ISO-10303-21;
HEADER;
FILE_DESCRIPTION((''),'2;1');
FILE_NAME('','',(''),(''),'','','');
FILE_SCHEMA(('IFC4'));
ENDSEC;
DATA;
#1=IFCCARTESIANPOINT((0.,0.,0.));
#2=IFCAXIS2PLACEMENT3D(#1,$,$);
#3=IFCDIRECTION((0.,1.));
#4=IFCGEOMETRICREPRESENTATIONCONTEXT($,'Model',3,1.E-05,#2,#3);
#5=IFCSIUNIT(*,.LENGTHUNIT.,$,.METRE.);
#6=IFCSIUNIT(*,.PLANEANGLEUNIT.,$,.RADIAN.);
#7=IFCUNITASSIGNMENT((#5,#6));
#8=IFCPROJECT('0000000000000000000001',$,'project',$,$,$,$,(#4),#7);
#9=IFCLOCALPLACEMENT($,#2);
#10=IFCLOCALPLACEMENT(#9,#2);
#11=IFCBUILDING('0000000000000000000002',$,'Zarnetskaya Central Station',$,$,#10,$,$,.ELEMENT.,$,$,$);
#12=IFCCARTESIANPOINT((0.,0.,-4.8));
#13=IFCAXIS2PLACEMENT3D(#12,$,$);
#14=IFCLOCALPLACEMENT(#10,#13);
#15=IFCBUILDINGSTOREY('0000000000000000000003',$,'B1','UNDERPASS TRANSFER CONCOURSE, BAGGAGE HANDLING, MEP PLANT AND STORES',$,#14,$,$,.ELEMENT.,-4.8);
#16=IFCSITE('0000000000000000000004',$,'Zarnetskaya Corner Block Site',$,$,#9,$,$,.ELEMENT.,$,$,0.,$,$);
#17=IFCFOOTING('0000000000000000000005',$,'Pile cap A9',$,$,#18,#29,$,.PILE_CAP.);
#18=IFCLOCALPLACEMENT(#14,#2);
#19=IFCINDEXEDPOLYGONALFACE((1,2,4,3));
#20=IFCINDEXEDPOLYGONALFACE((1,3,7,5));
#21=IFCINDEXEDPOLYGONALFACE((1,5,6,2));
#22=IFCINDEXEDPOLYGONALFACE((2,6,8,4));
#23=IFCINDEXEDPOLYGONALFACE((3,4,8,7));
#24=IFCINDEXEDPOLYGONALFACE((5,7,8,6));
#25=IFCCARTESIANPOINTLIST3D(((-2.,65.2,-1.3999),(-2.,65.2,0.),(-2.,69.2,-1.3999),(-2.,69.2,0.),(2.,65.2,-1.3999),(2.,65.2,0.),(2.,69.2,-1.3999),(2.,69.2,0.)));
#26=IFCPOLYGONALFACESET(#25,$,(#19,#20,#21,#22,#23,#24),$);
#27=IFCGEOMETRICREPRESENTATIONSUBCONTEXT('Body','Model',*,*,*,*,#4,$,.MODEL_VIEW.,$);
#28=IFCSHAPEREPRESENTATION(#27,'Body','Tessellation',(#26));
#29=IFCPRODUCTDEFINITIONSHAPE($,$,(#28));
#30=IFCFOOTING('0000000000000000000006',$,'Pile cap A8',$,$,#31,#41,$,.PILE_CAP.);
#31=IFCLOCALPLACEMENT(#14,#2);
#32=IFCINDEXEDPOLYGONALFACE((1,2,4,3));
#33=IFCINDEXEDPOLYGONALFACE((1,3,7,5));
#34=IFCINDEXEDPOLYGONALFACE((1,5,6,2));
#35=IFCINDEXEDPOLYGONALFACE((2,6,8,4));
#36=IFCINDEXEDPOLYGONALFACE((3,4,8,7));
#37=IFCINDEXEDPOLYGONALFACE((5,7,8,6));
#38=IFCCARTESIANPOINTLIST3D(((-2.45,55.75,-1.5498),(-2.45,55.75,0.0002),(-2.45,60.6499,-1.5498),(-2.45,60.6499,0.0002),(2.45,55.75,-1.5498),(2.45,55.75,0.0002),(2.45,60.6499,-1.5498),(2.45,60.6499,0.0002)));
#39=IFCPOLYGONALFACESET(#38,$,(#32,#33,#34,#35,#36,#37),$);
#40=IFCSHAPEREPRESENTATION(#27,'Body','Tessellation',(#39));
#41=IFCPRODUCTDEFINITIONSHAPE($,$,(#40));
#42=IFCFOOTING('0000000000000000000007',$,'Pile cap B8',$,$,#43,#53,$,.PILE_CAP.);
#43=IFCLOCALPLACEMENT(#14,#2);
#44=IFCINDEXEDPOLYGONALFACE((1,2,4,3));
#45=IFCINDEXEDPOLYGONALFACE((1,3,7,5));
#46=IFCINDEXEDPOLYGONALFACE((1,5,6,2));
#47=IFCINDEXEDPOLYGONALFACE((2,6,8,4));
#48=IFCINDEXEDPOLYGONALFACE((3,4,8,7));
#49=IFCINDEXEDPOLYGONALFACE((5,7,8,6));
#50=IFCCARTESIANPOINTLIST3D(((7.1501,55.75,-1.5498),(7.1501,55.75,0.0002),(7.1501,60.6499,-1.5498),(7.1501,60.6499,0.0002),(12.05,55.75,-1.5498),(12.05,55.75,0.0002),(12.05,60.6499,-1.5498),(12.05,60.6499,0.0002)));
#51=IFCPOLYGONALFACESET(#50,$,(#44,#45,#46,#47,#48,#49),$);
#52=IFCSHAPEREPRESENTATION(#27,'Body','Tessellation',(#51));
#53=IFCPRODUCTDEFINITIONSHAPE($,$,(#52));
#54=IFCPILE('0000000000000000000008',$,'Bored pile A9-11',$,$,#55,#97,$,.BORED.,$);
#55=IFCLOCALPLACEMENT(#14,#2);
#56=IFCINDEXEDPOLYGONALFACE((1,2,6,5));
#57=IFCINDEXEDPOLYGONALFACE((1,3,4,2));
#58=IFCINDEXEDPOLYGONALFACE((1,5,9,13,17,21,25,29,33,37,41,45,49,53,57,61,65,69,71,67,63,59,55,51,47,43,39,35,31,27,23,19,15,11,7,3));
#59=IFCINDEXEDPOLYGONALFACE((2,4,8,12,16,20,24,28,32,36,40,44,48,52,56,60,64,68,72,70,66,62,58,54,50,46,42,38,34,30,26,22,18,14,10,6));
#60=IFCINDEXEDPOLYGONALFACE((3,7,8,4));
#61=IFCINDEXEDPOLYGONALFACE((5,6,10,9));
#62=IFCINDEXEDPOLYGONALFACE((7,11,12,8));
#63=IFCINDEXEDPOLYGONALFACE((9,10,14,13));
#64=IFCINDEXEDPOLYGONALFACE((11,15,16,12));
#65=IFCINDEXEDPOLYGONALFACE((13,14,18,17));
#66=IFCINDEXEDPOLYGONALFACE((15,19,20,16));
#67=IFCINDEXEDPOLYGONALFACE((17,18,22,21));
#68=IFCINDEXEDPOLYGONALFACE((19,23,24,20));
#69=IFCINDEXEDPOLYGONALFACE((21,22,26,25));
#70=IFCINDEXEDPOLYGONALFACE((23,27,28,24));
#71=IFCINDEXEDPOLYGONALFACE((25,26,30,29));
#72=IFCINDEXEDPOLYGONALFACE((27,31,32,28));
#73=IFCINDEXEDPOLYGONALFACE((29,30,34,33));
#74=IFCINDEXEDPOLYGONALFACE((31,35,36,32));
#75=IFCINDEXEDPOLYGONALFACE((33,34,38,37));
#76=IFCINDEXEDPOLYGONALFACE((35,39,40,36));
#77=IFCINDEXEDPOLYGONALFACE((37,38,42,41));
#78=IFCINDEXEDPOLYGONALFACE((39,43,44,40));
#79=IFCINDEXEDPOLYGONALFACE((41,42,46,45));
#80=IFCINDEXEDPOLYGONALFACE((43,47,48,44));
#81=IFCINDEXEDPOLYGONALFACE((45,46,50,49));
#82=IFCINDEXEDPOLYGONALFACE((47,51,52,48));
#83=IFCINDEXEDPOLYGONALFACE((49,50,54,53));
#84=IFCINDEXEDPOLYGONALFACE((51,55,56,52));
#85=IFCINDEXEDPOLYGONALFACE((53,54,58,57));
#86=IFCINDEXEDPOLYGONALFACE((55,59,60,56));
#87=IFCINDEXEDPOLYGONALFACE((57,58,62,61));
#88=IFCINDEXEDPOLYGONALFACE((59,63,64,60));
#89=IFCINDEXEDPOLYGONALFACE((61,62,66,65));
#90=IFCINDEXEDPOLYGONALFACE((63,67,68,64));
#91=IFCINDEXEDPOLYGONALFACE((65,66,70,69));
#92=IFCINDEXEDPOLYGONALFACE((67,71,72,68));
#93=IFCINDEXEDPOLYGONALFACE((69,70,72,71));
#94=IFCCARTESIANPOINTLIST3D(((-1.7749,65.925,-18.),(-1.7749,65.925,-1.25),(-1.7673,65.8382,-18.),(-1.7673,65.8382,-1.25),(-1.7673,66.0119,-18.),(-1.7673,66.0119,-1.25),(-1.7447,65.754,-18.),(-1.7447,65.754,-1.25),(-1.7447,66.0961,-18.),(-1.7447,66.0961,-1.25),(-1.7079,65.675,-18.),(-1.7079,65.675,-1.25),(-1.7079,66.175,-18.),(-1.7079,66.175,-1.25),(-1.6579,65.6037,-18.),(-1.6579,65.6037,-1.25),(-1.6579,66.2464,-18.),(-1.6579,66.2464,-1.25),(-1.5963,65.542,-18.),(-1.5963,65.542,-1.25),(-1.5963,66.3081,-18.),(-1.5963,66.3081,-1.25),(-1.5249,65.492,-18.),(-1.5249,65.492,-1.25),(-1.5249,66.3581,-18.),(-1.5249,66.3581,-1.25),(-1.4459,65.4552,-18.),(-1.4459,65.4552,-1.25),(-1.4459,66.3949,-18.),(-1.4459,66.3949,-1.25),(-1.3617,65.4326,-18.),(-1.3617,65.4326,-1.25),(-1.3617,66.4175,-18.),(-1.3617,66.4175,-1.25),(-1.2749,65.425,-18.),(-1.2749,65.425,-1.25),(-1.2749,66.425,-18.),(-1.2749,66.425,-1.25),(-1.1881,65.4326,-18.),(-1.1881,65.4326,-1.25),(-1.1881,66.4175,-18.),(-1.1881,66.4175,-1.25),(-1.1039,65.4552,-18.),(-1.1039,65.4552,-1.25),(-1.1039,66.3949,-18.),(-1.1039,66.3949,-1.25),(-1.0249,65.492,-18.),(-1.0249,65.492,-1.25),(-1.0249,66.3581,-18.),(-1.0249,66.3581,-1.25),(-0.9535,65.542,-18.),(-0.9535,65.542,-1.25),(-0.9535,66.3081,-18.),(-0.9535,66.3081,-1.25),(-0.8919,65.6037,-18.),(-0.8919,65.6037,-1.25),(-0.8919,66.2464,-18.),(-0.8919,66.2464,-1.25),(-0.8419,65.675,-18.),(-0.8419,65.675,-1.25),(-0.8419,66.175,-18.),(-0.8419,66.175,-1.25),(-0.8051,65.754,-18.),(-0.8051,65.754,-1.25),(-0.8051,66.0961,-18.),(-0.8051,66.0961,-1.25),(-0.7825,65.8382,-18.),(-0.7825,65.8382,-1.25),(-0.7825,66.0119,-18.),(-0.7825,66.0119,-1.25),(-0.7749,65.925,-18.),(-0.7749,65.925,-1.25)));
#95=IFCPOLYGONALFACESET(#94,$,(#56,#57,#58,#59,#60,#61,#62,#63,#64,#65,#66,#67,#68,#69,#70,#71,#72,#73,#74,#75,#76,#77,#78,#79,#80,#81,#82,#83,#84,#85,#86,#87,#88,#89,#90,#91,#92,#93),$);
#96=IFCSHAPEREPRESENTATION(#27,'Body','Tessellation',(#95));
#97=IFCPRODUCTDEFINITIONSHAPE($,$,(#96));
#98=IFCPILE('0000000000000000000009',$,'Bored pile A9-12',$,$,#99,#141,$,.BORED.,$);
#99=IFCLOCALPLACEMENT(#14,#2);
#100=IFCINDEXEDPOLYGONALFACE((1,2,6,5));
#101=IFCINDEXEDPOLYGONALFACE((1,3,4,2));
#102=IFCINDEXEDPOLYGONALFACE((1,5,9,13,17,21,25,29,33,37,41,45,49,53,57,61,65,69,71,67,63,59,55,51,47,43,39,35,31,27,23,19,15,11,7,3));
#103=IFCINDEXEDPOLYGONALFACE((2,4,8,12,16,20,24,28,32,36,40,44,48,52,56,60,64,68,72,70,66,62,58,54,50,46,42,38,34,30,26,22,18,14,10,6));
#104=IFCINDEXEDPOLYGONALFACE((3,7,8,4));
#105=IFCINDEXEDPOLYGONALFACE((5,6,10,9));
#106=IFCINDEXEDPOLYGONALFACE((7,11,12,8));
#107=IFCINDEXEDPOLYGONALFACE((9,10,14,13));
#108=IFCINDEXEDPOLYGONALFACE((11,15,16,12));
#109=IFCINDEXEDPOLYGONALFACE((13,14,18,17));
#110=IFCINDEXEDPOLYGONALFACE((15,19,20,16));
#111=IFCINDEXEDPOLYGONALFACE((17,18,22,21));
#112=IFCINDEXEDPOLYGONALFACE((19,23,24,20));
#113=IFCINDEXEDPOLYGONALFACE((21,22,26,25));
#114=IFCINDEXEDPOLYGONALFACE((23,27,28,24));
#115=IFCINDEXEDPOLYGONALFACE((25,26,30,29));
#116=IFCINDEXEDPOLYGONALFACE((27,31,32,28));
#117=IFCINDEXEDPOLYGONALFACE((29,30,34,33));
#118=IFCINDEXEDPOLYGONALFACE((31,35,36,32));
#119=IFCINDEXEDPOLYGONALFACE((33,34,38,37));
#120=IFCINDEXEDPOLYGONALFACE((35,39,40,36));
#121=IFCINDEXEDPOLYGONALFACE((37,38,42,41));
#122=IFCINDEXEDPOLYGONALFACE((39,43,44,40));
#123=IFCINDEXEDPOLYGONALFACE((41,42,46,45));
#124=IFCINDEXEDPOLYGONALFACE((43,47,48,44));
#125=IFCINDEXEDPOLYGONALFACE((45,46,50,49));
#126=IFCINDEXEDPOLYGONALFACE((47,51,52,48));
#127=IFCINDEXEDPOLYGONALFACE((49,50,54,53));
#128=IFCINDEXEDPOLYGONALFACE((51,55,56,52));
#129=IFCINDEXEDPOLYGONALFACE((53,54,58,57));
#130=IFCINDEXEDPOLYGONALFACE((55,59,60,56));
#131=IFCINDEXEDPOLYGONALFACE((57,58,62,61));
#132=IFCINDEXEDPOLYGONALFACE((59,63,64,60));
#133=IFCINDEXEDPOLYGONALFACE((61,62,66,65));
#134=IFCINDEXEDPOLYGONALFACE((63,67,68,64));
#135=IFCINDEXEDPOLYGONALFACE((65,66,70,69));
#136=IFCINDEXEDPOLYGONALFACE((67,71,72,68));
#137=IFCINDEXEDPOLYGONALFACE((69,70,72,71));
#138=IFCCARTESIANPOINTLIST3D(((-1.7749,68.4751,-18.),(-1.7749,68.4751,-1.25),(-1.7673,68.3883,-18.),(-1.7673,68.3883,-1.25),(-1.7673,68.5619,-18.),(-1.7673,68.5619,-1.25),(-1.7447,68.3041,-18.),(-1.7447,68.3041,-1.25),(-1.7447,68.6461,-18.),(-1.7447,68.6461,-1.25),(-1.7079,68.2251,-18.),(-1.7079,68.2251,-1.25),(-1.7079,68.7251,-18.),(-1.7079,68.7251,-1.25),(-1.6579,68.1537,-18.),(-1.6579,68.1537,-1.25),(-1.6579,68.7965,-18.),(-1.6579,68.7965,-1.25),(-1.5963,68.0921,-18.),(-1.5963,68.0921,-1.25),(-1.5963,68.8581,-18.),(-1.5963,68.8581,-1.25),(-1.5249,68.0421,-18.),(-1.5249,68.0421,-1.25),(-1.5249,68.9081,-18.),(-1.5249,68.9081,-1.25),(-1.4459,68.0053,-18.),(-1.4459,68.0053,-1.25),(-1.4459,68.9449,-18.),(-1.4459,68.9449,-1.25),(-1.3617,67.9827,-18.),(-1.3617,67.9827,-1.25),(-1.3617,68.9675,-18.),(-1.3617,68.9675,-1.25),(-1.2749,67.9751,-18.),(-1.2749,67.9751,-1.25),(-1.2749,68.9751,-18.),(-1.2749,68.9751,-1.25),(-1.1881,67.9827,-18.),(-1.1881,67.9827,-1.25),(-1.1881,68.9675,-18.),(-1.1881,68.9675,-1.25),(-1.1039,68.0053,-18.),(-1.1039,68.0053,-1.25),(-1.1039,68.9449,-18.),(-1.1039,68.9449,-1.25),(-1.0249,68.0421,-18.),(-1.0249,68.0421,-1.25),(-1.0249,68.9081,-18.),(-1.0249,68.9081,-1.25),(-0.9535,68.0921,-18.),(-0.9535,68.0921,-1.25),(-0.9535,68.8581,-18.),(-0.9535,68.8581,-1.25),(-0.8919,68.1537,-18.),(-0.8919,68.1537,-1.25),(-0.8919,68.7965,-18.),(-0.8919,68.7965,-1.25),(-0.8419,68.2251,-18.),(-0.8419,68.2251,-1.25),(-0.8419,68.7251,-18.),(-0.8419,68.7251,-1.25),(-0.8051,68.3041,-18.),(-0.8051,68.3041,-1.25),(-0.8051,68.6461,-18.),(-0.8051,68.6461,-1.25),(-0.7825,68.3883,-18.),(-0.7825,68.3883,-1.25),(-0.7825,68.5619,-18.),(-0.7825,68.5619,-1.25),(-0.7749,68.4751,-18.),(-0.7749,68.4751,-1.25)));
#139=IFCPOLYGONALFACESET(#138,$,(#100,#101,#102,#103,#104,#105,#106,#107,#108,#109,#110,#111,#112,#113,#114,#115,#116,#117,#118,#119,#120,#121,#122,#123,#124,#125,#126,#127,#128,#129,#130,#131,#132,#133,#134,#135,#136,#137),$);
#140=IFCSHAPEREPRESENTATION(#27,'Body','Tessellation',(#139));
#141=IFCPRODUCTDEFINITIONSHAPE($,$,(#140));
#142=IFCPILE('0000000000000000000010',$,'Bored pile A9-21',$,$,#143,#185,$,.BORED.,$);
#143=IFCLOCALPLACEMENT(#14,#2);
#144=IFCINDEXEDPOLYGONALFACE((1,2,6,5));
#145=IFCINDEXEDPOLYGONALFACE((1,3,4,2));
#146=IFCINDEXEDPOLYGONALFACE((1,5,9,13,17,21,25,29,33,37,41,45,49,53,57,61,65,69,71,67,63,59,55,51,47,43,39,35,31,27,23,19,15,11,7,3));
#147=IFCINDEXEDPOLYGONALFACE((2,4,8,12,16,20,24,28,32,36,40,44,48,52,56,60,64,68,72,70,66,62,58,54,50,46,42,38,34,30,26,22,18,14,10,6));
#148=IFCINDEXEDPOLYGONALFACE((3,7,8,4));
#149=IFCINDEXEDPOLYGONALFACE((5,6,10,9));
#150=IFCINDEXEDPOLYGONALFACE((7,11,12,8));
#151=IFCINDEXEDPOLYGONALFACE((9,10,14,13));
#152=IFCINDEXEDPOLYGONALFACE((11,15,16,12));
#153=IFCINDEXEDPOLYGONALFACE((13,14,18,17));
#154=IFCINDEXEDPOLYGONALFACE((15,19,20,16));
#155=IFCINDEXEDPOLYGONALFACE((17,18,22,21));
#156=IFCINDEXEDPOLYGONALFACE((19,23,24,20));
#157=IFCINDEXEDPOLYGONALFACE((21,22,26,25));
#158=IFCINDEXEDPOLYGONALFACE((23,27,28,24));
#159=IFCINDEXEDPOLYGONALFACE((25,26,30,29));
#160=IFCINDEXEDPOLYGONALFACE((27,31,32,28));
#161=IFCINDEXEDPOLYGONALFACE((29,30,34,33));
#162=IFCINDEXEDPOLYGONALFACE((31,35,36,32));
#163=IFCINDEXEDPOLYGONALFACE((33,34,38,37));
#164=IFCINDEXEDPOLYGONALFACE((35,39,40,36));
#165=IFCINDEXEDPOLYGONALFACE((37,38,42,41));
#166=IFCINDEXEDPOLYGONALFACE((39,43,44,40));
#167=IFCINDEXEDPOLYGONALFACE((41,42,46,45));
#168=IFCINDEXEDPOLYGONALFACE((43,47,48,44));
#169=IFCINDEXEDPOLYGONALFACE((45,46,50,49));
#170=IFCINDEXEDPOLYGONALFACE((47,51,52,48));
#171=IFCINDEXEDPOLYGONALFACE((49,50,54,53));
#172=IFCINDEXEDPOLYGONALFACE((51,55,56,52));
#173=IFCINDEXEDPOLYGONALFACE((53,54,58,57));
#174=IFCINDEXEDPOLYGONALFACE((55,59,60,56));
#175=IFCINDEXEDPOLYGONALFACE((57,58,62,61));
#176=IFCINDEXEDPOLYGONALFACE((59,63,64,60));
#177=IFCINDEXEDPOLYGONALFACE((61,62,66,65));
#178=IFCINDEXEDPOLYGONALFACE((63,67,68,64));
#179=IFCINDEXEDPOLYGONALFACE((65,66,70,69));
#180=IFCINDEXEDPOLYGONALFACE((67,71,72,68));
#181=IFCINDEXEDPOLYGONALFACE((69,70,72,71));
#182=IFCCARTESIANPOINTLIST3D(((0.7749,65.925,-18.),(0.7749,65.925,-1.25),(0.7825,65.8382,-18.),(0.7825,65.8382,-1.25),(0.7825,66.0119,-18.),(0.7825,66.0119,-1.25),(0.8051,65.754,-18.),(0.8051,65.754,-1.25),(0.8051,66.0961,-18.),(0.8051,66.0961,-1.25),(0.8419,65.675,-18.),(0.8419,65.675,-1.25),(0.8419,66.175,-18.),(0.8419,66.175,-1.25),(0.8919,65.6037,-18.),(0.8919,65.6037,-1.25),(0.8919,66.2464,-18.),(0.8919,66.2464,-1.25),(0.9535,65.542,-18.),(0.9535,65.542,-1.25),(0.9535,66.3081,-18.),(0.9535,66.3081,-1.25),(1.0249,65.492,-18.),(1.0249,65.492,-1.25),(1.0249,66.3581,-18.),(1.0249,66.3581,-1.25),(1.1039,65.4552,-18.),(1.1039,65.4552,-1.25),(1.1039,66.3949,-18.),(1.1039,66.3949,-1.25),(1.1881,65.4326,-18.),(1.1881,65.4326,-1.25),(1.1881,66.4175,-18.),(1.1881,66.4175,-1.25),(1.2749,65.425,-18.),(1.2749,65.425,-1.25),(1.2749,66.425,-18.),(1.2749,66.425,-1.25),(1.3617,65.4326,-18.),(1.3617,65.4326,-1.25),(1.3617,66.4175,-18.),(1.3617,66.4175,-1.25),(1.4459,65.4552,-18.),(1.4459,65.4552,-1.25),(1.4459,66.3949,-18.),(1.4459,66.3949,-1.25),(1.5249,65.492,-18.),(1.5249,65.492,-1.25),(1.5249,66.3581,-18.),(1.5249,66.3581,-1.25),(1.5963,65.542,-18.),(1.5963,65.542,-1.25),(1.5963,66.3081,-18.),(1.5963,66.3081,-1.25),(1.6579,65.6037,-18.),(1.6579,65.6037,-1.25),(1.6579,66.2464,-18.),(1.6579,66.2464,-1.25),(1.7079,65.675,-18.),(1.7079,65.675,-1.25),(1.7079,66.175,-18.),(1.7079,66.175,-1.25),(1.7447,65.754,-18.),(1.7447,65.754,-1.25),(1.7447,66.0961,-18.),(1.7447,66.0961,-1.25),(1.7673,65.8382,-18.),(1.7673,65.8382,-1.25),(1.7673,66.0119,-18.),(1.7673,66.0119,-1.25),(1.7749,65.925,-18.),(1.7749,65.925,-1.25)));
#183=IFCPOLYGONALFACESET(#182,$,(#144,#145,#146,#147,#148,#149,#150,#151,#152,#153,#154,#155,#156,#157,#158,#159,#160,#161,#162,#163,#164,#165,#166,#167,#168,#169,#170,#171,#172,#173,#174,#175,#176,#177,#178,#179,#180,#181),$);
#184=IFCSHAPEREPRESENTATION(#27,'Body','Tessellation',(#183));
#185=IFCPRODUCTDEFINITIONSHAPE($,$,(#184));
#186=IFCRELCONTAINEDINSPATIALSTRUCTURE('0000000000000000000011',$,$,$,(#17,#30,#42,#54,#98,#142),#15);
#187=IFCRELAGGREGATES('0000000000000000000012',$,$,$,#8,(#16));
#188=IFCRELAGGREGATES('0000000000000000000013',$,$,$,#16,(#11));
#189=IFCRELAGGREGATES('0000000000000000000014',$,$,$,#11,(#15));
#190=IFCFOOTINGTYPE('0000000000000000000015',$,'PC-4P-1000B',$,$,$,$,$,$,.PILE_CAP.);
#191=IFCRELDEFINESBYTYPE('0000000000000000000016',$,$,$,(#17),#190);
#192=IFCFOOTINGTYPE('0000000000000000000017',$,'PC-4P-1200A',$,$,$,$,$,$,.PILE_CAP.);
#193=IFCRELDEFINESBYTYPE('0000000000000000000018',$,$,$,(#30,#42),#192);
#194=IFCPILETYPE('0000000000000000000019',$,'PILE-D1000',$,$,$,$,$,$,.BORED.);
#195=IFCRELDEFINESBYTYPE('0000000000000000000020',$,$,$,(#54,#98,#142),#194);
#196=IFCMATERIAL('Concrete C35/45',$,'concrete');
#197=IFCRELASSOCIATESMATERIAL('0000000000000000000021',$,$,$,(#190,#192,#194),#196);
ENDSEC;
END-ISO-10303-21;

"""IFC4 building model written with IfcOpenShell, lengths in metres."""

from ifc_helpers import new_model, si_unit, direction, frame, origin, origin_2d, place, context, subcontext, project, spatial, rectangle, circle, extrude, material, material_profile, profile_set, type_object, element, save


model = new_model("IFC4")

# Units and contexts
model_context = context("Model", 3, precision=1e-05, world=origin(), true_north=direction((0.0, 1.0)))
body_context = subcontext(model_context, "Body", "Model", "MODEL_VIEW")
ifc_project = project(units=[si_unit("LENGTHUNIT", "METRE"), si_unit("PLANEANGLEUNIT", "RADIAN")], contexts=[model_context])

# Site, building, storey
site_placement = place(None, origin())
site = spatial("IfcSite", under=ifc_project, at=site_placement, Name="Zarnetskaya Corner Block Site", CompositionType="ELEMENT", RefElevation=0.0)
building_placement = place(site_placement, origin())
building = spatial("IfcBuilding", under=site, at=building_placement, Name="Zarnetskaya Central Station", CompositionType="ELEMENT")
storey_placement = place(building_placement, frame((0.0, 0.0, -4.8)))
storey = spatial("IfcBuildingStorey", under=building, at=storey_placement, Name="B1", Description="UNDERPASS TRANSFER CONCOURSE, BAGGAGE HANDLING, MEP PLANT AND STORES", CompositionType="ELEMENT", Elevation=-4.8)

# Footings
ifc_material_1 = material(Name="Concrete C35/45", Category="concrete")
footing_type_1 = type_object("IfcFootingType", Name="PC-4P-1000B", PredefinedType="PILE_CAP", material=ifc_material_1)
footing_placement = place(storey_placement, frame((0.0, 67.2, -1.3999), z_axis=(0.0, 0.0, 1.0), x_axis=(1.0, 0.0, 0.0)))
element("IfcFooting", 1, at=footing_placement, inside=storey, type_object=footing_type_1, Name="Pile cap A9", PredefinedType="PILE_CAP", context=body_context, shape_type="SweptSolid", body=[
    extrude(rectangle(XDim=4.0, YDim=4.0, at=origin_2d()), origin(), (0.0, 0.0, 1.0), 1.3999),
])
footing_type_2 = type_object("IfcFootingType", Name="PC-4P-1200A", PredefinedType="PILE_CAP", material=ifc_material_1)
for number, where, z_axis, x_axis, name in (
    (2, (0.0, 58.2, -1.5498), (0.0, 0.0, 1.0), (1.0, 0.0, 0.0), "Pile cap A8"),
    (3, (9.6001, 58.2, -1.5498), (0.0, 0.0, 1.0), (1.0, 0.0, 0.0), "Pile cap B8"),
):
    element("IfcFooting", number, at=place(storey_placement, frame(where, z_axis=z_axis, x_axis=x_axis)), inside=storey, type_object=footing_type_2, Name=name, PredefinedType="PILE_CAP", context=body_context, shape_type="SweptSolid", body=[
        extrude(rectangle(XDim=4.8999, YDim=4.8999, at=origin_2d()), origin(), (0.0, 0.0, 1.0), 1.55),
    ])

# Piles
ifc_material_profile_1 = material_profile(ifc_material_1, circle(Radius=0.5, at=origin_2d()), Name="BORED PILE D1000")
ifc_profile_set_1 = profile_set([ifc_material_profile_1], Name="Concrete C35/45")
pile_type_1 = type_object("IfcPileType", Name="PILE-D1000", PredefinedType="BORED", material=ifc_profile_set_1)
for number, where, z_axis, x_axis, name in (
    (4, (-1.2749, 65.925, -1.25), (0.0, 0.0, -1.0), (1.0, 0.0, 0.0), "Bored pile A9-11"),
    (5, (-1.2749, 68.4751, -1.25), (0.0, 0.0, -1.0), (1.0, 0.0, 0.0), "Bored pile A9-12"),
    (6, (1.2749, 65.925, -1.25), (0.0, 0.0, -1.0), (1.0, 0.0, 0.0), "Bored pile A9-21"),
):
    element("IfcPile", number, at=place(storey_placement, frame(where, z_axis=z_axis, x_axis=x_axis)), inside=storey, type_object=pile_type_1, Name=name, PredefinedType="BORED", context=body_context, shape_type="SweptSolid", body=[
        extrude(circle(Radius=0.5, at=origin_2d()), origin(), (0.0, 0.0, 1.0), 16.75),
    ])

save(model, "model.ifc")
